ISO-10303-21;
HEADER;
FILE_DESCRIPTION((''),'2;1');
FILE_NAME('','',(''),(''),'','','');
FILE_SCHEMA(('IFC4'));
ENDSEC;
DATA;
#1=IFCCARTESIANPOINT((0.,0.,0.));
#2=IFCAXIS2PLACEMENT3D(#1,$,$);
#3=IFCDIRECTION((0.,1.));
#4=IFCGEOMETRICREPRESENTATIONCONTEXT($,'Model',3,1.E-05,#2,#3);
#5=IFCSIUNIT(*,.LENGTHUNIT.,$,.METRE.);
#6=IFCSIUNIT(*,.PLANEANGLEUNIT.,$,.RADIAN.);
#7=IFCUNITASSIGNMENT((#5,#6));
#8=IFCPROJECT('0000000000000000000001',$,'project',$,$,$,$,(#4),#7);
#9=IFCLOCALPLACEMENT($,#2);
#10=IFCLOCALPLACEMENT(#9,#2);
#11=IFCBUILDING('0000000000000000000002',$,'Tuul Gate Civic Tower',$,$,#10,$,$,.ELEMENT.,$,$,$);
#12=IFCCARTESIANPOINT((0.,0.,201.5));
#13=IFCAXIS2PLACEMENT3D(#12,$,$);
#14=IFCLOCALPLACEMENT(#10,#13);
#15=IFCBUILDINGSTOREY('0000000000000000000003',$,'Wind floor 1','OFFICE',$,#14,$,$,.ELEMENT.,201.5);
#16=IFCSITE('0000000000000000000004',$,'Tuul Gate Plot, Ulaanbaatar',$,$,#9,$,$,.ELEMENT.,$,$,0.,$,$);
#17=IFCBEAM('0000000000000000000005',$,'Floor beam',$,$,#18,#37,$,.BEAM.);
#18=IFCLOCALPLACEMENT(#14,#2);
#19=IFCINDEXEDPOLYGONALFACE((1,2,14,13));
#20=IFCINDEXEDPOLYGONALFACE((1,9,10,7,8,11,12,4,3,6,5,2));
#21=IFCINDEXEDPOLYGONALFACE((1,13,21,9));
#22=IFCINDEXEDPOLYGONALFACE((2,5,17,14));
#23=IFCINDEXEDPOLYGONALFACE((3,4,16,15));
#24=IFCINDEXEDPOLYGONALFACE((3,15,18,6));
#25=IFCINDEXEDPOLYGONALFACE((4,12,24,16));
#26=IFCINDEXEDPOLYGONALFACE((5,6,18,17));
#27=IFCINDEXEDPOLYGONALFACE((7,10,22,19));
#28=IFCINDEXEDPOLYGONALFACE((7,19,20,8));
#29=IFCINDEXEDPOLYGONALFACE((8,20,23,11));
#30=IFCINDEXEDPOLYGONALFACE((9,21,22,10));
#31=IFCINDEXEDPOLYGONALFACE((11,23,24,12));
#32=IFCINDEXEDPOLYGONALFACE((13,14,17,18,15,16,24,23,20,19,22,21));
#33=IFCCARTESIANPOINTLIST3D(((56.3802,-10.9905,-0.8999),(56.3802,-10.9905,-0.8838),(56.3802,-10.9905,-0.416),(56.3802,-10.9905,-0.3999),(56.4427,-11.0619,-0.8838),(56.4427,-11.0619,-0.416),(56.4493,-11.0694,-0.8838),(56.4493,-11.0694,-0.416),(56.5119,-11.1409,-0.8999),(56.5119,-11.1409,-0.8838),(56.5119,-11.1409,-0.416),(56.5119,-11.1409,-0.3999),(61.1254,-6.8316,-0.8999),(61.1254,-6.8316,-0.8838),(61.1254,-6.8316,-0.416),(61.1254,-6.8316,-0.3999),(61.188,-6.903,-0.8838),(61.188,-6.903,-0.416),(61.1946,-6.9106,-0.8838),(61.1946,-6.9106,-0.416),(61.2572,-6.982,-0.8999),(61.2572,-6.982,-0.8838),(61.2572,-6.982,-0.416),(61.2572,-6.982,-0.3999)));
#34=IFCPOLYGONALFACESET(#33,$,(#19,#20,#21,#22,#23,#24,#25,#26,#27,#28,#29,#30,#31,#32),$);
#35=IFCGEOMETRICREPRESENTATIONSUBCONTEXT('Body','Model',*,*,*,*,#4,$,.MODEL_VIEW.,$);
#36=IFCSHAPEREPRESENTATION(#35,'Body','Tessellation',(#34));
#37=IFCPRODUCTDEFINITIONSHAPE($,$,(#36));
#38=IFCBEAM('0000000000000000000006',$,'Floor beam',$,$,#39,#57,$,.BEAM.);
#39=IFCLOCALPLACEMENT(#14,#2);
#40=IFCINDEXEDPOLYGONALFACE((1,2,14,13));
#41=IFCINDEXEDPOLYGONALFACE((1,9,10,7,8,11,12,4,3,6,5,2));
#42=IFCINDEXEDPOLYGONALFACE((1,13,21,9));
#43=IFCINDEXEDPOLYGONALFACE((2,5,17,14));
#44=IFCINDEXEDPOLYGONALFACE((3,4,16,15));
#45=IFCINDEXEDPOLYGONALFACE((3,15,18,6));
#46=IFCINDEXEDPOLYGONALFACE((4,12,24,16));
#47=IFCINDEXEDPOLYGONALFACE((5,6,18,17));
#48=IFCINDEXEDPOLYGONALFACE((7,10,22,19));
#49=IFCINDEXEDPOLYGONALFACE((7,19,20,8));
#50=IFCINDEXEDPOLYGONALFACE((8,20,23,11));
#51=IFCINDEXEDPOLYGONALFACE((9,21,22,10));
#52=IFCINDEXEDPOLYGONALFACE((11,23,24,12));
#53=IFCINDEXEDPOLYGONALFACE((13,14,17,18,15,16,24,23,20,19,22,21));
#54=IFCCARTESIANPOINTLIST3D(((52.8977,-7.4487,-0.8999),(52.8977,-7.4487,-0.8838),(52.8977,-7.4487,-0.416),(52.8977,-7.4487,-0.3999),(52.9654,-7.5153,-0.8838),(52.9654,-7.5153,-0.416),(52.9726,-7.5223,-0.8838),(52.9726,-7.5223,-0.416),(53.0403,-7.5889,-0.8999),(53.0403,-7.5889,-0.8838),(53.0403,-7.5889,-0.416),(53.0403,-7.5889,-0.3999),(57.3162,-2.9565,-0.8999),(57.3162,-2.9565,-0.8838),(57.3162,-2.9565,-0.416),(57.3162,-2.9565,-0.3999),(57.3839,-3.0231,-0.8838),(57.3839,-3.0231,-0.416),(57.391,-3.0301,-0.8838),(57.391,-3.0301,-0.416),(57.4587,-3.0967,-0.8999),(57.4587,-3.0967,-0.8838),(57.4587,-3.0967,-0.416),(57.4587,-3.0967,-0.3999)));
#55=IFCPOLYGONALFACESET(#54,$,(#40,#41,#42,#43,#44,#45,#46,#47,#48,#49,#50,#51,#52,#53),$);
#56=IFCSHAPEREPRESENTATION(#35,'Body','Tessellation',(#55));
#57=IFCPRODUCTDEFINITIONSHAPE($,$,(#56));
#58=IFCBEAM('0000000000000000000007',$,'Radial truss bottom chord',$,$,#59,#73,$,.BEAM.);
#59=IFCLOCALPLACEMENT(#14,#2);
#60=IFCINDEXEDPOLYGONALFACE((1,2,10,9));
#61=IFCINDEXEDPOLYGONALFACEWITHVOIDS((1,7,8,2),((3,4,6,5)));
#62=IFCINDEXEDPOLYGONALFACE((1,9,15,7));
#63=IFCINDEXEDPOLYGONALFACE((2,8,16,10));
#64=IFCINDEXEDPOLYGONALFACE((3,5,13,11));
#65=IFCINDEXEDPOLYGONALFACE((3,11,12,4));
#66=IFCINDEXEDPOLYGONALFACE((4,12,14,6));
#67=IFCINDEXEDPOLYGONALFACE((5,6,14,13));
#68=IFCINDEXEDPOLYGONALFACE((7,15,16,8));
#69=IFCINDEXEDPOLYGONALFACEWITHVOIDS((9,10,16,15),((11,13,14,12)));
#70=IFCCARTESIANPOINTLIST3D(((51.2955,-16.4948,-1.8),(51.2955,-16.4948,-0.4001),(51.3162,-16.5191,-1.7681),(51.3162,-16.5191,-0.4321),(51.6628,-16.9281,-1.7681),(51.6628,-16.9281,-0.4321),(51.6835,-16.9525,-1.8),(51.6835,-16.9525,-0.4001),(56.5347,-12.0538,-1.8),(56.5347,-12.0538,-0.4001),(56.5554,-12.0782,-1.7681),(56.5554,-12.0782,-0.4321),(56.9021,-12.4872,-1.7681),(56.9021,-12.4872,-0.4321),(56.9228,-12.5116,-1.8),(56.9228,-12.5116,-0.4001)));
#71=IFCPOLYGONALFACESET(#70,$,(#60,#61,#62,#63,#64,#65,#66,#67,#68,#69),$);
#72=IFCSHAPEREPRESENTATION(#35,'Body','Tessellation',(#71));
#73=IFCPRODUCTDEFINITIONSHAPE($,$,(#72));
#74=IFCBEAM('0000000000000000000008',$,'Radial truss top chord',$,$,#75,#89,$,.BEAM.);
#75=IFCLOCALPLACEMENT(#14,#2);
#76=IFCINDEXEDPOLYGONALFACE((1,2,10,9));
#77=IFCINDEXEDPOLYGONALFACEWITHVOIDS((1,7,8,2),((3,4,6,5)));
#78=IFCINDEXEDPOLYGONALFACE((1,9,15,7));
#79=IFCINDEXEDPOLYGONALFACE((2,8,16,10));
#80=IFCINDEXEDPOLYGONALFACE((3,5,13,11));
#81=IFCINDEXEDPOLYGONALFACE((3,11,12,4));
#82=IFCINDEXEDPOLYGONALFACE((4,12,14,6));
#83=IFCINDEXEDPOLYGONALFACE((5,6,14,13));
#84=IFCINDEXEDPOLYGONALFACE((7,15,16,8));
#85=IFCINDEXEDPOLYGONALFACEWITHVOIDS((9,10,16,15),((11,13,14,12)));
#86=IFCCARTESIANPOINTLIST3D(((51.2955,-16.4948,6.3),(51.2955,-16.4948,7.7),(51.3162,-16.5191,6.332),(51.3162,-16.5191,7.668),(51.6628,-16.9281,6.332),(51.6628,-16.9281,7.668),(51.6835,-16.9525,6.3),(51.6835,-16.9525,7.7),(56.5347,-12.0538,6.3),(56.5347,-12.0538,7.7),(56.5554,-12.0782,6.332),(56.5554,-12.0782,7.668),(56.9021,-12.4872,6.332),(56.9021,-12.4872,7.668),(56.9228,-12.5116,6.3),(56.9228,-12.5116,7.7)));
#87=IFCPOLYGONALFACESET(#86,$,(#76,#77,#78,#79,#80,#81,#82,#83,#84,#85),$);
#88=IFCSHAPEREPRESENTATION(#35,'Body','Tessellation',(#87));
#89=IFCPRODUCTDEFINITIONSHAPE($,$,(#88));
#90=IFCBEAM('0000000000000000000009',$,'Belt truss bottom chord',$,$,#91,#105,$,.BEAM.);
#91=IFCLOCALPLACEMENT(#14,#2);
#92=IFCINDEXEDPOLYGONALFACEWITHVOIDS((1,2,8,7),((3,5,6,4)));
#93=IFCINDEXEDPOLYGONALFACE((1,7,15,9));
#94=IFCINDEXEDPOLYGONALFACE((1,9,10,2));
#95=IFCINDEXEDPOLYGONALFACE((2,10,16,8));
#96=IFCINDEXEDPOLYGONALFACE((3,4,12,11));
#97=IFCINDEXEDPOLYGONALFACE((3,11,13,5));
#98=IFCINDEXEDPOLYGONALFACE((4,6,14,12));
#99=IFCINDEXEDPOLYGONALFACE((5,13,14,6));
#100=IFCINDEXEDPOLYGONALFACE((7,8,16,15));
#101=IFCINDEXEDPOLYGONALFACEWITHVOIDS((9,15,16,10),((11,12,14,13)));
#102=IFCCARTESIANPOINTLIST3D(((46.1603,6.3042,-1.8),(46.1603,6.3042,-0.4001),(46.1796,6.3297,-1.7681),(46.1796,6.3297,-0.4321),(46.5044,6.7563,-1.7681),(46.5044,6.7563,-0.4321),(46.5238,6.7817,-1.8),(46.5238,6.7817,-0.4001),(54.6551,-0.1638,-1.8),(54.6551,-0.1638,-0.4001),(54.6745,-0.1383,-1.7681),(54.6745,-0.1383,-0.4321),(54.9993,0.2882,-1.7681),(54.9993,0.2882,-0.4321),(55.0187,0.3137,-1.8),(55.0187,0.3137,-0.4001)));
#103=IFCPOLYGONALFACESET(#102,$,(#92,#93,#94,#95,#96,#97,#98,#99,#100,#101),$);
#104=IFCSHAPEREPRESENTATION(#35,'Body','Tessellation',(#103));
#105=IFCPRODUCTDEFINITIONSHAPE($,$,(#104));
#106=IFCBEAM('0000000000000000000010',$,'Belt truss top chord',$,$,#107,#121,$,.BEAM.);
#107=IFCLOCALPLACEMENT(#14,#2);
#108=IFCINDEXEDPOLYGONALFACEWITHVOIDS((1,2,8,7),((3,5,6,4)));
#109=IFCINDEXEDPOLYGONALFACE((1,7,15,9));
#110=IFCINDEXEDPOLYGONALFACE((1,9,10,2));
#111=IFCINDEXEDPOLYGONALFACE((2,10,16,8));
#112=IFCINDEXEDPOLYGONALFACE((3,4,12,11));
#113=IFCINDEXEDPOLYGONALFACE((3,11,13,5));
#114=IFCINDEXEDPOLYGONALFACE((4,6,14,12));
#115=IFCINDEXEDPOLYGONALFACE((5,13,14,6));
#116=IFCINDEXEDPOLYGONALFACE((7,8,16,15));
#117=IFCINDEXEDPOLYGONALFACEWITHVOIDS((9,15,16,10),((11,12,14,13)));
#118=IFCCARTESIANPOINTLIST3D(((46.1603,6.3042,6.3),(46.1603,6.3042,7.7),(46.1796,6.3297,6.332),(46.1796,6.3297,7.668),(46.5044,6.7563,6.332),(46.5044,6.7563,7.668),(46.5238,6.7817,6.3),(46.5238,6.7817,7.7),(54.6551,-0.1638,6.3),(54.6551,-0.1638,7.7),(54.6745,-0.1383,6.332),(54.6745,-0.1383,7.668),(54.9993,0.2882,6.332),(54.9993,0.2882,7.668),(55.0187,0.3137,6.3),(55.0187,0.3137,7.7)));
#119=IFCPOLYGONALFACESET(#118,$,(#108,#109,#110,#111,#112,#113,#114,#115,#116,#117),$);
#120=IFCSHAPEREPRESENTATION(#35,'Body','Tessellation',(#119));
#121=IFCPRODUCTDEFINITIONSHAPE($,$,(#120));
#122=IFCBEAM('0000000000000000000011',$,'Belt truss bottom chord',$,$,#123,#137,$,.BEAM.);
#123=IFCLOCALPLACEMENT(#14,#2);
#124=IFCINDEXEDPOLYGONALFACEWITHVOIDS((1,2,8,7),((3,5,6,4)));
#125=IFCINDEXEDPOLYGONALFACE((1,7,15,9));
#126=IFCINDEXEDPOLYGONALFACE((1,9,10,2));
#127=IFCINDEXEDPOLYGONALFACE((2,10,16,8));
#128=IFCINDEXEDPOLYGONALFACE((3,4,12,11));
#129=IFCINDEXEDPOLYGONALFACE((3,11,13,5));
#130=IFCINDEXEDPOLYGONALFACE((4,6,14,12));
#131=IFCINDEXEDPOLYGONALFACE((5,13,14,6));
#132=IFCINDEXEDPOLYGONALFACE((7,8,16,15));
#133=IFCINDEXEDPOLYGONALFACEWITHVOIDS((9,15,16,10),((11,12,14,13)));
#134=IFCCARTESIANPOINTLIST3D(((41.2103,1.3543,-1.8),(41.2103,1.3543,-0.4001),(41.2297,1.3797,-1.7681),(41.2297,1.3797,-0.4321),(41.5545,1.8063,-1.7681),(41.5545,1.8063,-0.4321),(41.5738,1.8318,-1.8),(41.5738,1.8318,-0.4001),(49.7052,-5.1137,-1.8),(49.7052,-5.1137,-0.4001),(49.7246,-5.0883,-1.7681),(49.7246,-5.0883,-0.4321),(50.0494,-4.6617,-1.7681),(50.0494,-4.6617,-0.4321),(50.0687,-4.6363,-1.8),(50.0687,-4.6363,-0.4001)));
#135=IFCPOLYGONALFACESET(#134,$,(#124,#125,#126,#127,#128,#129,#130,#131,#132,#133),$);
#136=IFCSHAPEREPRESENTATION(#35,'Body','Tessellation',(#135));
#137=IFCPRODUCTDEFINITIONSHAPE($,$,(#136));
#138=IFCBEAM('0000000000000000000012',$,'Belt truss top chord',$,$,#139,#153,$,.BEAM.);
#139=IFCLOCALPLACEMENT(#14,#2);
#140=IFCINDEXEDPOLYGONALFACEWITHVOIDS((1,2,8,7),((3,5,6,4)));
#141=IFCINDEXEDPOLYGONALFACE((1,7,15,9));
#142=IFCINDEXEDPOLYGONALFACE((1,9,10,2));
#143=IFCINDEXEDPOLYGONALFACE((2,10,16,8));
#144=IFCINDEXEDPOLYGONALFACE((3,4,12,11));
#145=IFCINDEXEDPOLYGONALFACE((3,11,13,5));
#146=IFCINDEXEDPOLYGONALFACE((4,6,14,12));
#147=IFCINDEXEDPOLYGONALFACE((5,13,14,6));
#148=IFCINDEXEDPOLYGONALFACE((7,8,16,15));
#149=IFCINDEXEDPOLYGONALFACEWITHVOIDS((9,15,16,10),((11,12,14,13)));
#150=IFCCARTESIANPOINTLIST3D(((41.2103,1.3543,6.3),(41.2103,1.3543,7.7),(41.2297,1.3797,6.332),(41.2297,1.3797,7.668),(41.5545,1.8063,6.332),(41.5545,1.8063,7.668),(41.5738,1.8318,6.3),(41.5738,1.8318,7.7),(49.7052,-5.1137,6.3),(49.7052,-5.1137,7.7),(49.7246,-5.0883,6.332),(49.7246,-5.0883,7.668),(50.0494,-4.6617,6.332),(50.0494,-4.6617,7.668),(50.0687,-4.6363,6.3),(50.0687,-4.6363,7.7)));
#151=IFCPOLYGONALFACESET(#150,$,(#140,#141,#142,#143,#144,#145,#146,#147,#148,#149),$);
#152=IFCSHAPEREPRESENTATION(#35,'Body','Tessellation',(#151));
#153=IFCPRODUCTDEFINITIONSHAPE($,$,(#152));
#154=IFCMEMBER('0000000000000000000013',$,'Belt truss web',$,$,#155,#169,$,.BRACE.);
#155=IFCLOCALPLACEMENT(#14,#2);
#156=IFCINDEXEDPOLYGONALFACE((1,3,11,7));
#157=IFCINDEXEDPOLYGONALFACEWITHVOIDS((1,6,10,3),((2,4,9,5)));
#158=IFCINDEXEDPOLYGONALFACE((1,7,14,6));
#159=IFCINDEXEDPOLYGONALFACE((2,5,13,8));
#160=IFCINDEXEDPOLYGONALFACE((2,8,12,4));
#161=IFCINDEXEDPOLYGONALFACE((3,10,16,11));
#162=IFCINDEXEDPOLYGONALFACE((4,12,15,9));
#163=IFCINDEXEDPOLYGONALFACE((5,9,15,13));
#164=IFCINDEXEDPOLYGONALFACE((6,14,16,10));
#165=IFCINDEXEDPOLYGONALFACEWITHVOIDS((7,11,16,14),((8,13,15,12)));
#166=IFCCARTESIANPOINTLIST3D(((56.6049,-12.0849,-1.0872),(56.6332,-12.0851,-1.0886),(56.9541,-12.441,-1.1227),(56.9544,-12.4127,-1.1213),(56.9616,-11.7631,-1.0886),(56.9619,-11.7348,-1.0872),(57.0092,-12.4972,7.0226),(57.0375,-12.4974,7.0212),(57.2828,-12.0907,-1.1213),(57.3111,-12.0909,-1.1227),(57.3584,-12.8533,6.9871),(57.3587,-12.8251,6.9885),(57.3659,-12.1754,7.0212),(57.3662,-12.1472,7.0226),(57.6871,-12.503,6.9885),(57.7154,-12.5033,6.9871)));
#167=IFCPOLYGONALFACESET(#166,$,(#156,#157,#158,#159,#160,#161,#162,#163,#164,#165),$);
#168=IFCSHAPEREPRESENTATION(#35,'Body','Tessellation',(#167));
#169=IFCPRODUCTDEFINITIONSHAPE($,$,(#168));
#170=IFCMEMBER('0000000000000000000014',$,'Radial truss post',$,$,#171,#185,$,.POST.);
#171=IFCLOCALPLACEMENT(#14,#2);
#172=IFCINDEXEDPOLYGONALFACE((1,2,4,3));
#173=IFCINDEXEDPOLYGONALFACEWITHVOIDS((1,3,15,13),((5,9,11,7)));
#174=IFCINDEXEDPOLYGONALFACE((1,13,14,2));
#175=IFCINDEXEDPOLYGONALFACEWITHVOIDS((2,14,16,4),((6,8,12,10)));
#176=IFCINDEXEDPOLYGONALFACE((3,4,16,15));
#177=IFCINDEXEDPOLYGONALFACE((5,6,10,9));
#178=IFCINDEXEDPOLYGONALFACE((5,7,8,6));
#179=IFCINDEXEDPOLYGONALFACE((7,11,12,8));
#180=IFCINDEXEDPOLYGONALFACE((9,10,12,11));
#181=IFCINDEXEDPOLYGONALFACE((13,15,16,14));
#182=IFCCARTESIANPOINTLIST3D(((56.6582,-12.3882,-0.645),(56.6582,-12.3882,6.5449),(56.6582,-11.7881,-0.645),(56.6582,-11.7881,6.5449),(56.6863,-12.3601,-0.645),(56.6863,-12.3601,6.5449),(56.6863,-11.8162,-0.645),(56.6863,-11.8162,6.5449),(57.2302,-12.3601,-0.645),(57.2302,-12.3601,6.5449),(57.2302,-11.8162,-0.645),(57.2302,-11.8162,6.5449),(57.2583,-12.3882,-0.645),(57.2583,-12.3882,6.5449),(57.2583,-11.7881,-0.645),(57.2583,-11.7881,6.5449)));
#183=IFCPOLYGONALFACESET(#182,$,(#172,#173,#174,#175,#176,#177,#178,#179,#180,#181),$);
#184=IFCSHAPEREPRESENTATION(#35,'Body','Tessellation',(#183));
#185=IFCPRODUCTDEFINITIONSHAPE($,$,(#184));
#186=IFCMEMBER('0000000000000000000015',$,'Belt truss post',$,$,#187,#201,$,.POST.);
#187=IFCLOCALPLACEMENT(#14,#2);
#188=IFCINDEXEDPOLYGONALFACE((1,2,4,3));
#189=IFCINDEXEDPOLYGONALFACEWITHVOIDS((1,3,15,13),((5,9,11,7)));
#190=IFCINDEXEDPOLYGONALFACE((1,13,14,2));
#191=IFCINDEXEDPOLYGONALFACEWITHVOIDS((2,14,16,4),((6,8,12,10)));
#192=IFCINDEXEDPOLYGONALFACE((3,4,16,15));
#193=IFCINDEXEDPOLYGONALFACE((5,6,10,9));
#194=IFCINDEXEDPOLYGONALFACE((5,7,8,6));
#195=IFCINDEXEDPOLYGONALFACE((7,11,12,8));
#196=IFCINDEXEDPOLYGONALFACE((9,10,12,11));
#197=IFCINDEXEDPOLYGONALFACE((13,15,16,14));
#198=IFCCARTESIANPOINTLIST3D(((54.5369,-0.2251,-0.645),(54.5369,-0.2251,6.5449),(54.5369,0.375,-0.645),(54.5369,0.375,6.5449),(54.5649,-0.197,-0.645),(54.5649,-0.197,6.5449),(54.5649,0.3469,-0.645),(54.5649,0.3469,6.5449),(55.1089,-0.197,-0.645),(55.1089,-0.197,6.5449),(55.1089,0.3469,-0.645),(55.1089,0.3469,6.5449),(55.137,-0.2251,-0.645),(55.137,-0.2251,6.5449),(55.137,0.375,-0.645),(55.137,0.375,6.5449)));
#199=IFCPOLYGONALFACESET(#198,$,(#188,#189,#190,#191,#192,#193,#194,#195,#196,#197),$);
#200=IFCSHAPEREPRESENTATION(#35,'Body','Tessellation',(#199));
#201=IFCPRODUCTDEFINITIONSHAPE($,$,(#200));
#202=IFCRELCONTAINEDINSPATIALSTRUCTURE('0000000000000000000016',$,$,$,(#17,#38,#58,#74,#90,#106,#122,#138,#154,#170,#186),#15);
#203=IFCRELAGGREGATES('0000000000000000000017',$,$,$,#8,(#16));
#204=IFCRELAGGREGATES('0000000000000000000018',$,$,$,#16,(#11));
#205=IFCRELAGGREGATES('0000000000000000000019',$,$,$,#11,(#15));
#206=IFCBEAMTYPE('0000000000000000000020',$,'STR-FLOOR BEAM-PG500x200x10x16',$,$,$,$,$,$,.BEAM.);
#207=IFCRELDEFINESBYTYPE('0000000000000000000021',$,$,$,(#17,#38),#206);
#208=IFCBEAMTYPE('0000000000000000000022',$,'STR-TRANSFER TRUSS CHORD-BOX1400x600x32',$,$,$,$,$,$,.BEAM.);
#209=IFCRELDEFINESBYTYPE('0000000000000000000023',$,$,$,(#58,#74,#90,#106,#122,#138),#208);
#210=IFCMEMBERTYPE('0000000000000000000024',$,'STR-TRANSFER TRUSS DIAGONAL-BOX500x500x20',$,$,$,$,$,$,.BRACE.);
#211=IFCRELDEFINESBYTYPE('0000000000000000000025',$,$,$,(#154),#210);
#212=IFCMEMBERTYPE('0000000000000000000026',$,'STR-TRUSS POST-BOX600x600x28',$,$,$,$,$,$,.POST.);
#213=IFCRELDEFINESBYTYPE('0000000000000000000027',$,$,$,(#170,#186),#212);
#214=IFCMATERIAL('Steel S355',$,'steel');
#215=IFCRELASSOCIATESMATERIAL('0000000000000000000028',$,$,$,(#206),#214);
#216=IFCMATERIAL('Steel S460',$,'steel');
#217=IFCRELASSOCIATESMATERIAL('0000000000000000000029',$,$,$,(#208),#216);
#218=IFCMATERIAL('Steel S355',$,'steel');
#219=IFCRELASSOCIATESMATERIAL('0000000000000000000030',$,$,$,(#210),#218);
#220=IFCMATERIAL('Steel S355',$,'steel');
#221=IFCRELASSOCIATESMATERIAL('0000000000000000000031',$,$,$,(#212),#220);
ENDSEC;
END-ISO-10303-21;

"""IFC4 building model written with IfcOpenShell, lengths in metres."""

from ifc_helpers import new_model, si_unit, direction, frame, origin, origin_2d, place, context, subcontext, project, spatial, hollow_rectangle, i_section, extrude, material, material_profile, profile_set, type_object, element, save


model = new_model("IFC4")

# Units and contexts
model_context = context("Model", 3, precision=1e-05, world=origin(), true_north=direction((0.0, 1.0)))
body_context = subcontext(model_context, "Body", "Model", "MODEL_VIEW")
ifc_project = project(units=[si_unit("LENGTHUNIT", "METRE"), si_unit("PLANEANGLEUNIT", "RADIAN")], contexts=[model_context])

# Site, building, storey
site_placement = place(None, origin())
site = spatial("IfcSite", under=ifc_project, at=site_placement, Name="Tuul Gate Plot, Ulaanbaatar", CompositionType="ELEMENT", RefElevation=0.0)
building_placement = place(site_placement, origin())
building = spatial("IfcBuilding", under=site, at=building_placement, Name="Tuul Gate Civic Tower", CompositionType="ELEMENT")
storey_placement = place(building_placement, frame((0.0, 0.0, 201.5)))
storey = spatial("IfcBuildingStorey", under=building, at=storey_placement, Name="Wind floor 1", Description="OFFICE", CompositionType="ELEMENT", Elevation=201.5)

# Beams
ifc_material_1 = material(Name="Steel S355", Category="steel")
ifc_material_profile_1 = material_profile(ifc_material_1, i_section(OverallWidth=0.2, OverallDepth=0.5, WebThickness=0.01, FlangeThickness=0.0161, at=origin_2d()), Name="PG500x200x10x16")
ifc_profile_set_1 = profile_set([ifc_material_profile_1], Name="Steel S355")
beam_type_1 = type_object("IfcBeamType", Name="STR-FLOOR BEAM-PG500x200x10x16", PredefinedType="BEAM", material=ifc_profile_set_1)
beam_1_placement = place(storey_placement, frame((56.446, -11.0657, -0.6499), z_axis=(0.752047, 0.65911, 0.0), x_axis=(-0.65911, 0.752047, 0.0)))
element("IfcBeam", 1, at=beam_1_placement, inside=storey, type_object=beam_type_1, Name="Floor beam", PredefinedType="BEAM", context=body_context, shape_type="SweptSolid", body=[
    extrude(i_section(OverallWidth=0.2, OverallDepth=0.5, WebThickness=0.01, FlangeThickness=0.0161, at=origin_2d()), origin(), (0.0, 0.0, 1.0), 6.3098),
])
beam_2_placement = place(storey_placement, frame((52.969, -7.5188, -0.6499), z_axis=(0.701232, 0.712933, 0.0), x_axis=(-0.712933, 0.701232, 0.0)))
element("IfcBeam", 2, at=beam_2_placement, inside=storey, type_object=beam_type_1, Name="Floor beam", PredefinedType="BEAM", context=body_context, shape_type="SweptSolid", body=[
    extrude(i_section(OverallWidth=0.2, OverallDepth=0.5, WebThickness=0.01, FlangeThickness=0.0161, at=origin_2d()), origin(), (0.0, 0.0, 1.0), 6.301),
])
ifc_material_2 = material(Name="Steel S460", Category="steel")
ifc_material_profile_2 = material_profile(ifc_material_2, hollow_rectangle(XDim=0.6001, YDim=1.3999, WallThickness=0.032, at=origin_2d()), Name="BOX1400x600x32")
ifc_profile_set_2 = profile_set([ifc_material_profile_2], Name="Steel S460")
beam_type_2 = type_object("IfcBeamType", Name="STR-TRANSFER TRUSS CHORD-BOX1400x600x32", PredefinedType="BEAM", material=ifc_profile_set_2)
for number, where, z_axis, x_axis, name in (
    (3, (56.7288, -12.2827, -1.1001), (-0.762833, -0.646595, 0.0), (0.646595, -0.762833, 0.0), "Radial truss bottom chord"),
    (4, (56.7288, -12.2827, 7.0), (-0.762833, -0.646595, 0.0), (0.646595, -0.762833, 0.0), "Radial truss top chord"),
):
    element("IfcBeam", number, at=place(storey_placement, frame(where, z_axis=z_axis, x_axis=x_axis)), inside=storey, type_object=beam_type_2, Name=name, PredefinedType="BEAM", context=body_context, shape_type="SweptSolid", body=[
        extrude(hollow_rectangle(XDim=0.6001, YDim=1.3999, WallThickness=0.032, at=origin_2d()), origin(), (0.0, 0.0, 1.0), 6.8682),
    ])
for number, where, z_axis, x_axis, name in (
    (5, (54.8369, 0.075, -1.1001), (-0.795624, 0.60579, 0.0), (-0.60579, -0.795624, 0.0), "Belt truss bottom chord"),
    (6, (54.8369, 0.075, 7.0), (-0.795624, 0.60579, 0.0), (-0.60579, -0.795624, 0.0), "Belt truss top chord"),
    (7, (49.887, -4.875, -1.1001), (-0.795624, 0.60579, 0.0), (-0.60579, -0.795624, 0.0), "Belt truss bottom chord"),
    (8, (49.887, -4.875, 7.0), (-0.795624, 0.60579, 0.0), (-0.60579, -0.795624, 0.0), "Belt truss top chord"),
):
    element("IfcBeam", number, at=place(storey_placement, frame(where, z_axis=z_axis, x_axis=x_axis)), inside=storey, type_object=beam_type_2, Name=name, PredefinedType="BEAM", context=body_context, shape_type="SweptSolid", body=[
        extrude(hollow_rectangle(XDim=0.6001, YDim=1.3999, WallThickness=0.032, at=origin_2d()), origin(), (0.0, 0.0, 1.0), 10.677),
    ])

# Members
ifc_material_3 = material(Name="Steel S355", Category="steel")
ifc_material_profile_3 = material_profile(ifc_material_3, hollow_rectangle(XDim=0.5, YDim=0.5, WallThickness=0.02, at=origin_2d()), Name="BOX500x500x20")
ifc_profile_set_3 = profile_set([ifc_material_profile_3], Name="Steel S355")
member_type_1 = type_object("IfcMemberType", Name="STR-TRANSFER TRUSS DIAGONAL-BOX500x500x20", PredefinedType="BRACE", material=ifc_profile_set_3)
member_placement = place(storey_placement, frame((56.958, -12.0879, -1.105), z_axis=(0.049727, -0.050718, 0.997474), x_axis=(0.714048, 0.700097, 0.0)))
element("IfcMember", 9, at=member_placement, inside=storey, type_object=member_type_1, Name="Belt truss web", PredefinedType="BRACE", context=body_context, shape_type="SweptSolid", body=[
    extrude(hollow_rectangle(XDim=0.5, YDim=0.5, WallThickness=0.02, at=origin_2d()), origin(), (0.0, 0.0, 1.0), 8.1304),
])
ifc_material_4 = material(Name="Steel S355", Category="steel")
ifc_material_profile_4 = material_profile(ifc_material_4, hollow_rectangle(XDim=0.6001, YDim=0.6001, WallThickness=0.0281, at=origin_2d()), Name="BOX600x600x28")
ifc_profile_set_4 = profile_set([ifc_material_profile_4], Name="Steel S355")
member_type_2 = type_object("IfcMemberType", Name="STR-TRUSS POST-BOX600x600x28", PredefinedType="POST", material=ifc_profile_set_4)
for number, where, z_axis, x_axis, name in (
    (10, (56.9583, -12.0881, -0.645), (0.0, 0.0, 1.0), (1.0, 0.0, 0.0), "Radial truss post"),
    (11, (54.8369, 0.075, -0.645), (0.0, 0.0, 1.0), (1.0, 0.0, 0.0), "Belt truss post"),
):
    element("IfcMember", number, at=place(storey_placement, frame(where, z_axis=z_axis, x_axis=x_axis)), inside=storey, type_object=member_type_2, Name=name, PredefinedType="POST", context=body_context, shape_type="SweptSolid", body=[
        extrude(hollow_rectangle(XDim=0.6001, YDim=0.6001, WallThickness=0.0281, at=origin_2d()), origin(), (0.0, 0.0, 1.0), 7.1899),
    ])

save(model, "model.ifc")
